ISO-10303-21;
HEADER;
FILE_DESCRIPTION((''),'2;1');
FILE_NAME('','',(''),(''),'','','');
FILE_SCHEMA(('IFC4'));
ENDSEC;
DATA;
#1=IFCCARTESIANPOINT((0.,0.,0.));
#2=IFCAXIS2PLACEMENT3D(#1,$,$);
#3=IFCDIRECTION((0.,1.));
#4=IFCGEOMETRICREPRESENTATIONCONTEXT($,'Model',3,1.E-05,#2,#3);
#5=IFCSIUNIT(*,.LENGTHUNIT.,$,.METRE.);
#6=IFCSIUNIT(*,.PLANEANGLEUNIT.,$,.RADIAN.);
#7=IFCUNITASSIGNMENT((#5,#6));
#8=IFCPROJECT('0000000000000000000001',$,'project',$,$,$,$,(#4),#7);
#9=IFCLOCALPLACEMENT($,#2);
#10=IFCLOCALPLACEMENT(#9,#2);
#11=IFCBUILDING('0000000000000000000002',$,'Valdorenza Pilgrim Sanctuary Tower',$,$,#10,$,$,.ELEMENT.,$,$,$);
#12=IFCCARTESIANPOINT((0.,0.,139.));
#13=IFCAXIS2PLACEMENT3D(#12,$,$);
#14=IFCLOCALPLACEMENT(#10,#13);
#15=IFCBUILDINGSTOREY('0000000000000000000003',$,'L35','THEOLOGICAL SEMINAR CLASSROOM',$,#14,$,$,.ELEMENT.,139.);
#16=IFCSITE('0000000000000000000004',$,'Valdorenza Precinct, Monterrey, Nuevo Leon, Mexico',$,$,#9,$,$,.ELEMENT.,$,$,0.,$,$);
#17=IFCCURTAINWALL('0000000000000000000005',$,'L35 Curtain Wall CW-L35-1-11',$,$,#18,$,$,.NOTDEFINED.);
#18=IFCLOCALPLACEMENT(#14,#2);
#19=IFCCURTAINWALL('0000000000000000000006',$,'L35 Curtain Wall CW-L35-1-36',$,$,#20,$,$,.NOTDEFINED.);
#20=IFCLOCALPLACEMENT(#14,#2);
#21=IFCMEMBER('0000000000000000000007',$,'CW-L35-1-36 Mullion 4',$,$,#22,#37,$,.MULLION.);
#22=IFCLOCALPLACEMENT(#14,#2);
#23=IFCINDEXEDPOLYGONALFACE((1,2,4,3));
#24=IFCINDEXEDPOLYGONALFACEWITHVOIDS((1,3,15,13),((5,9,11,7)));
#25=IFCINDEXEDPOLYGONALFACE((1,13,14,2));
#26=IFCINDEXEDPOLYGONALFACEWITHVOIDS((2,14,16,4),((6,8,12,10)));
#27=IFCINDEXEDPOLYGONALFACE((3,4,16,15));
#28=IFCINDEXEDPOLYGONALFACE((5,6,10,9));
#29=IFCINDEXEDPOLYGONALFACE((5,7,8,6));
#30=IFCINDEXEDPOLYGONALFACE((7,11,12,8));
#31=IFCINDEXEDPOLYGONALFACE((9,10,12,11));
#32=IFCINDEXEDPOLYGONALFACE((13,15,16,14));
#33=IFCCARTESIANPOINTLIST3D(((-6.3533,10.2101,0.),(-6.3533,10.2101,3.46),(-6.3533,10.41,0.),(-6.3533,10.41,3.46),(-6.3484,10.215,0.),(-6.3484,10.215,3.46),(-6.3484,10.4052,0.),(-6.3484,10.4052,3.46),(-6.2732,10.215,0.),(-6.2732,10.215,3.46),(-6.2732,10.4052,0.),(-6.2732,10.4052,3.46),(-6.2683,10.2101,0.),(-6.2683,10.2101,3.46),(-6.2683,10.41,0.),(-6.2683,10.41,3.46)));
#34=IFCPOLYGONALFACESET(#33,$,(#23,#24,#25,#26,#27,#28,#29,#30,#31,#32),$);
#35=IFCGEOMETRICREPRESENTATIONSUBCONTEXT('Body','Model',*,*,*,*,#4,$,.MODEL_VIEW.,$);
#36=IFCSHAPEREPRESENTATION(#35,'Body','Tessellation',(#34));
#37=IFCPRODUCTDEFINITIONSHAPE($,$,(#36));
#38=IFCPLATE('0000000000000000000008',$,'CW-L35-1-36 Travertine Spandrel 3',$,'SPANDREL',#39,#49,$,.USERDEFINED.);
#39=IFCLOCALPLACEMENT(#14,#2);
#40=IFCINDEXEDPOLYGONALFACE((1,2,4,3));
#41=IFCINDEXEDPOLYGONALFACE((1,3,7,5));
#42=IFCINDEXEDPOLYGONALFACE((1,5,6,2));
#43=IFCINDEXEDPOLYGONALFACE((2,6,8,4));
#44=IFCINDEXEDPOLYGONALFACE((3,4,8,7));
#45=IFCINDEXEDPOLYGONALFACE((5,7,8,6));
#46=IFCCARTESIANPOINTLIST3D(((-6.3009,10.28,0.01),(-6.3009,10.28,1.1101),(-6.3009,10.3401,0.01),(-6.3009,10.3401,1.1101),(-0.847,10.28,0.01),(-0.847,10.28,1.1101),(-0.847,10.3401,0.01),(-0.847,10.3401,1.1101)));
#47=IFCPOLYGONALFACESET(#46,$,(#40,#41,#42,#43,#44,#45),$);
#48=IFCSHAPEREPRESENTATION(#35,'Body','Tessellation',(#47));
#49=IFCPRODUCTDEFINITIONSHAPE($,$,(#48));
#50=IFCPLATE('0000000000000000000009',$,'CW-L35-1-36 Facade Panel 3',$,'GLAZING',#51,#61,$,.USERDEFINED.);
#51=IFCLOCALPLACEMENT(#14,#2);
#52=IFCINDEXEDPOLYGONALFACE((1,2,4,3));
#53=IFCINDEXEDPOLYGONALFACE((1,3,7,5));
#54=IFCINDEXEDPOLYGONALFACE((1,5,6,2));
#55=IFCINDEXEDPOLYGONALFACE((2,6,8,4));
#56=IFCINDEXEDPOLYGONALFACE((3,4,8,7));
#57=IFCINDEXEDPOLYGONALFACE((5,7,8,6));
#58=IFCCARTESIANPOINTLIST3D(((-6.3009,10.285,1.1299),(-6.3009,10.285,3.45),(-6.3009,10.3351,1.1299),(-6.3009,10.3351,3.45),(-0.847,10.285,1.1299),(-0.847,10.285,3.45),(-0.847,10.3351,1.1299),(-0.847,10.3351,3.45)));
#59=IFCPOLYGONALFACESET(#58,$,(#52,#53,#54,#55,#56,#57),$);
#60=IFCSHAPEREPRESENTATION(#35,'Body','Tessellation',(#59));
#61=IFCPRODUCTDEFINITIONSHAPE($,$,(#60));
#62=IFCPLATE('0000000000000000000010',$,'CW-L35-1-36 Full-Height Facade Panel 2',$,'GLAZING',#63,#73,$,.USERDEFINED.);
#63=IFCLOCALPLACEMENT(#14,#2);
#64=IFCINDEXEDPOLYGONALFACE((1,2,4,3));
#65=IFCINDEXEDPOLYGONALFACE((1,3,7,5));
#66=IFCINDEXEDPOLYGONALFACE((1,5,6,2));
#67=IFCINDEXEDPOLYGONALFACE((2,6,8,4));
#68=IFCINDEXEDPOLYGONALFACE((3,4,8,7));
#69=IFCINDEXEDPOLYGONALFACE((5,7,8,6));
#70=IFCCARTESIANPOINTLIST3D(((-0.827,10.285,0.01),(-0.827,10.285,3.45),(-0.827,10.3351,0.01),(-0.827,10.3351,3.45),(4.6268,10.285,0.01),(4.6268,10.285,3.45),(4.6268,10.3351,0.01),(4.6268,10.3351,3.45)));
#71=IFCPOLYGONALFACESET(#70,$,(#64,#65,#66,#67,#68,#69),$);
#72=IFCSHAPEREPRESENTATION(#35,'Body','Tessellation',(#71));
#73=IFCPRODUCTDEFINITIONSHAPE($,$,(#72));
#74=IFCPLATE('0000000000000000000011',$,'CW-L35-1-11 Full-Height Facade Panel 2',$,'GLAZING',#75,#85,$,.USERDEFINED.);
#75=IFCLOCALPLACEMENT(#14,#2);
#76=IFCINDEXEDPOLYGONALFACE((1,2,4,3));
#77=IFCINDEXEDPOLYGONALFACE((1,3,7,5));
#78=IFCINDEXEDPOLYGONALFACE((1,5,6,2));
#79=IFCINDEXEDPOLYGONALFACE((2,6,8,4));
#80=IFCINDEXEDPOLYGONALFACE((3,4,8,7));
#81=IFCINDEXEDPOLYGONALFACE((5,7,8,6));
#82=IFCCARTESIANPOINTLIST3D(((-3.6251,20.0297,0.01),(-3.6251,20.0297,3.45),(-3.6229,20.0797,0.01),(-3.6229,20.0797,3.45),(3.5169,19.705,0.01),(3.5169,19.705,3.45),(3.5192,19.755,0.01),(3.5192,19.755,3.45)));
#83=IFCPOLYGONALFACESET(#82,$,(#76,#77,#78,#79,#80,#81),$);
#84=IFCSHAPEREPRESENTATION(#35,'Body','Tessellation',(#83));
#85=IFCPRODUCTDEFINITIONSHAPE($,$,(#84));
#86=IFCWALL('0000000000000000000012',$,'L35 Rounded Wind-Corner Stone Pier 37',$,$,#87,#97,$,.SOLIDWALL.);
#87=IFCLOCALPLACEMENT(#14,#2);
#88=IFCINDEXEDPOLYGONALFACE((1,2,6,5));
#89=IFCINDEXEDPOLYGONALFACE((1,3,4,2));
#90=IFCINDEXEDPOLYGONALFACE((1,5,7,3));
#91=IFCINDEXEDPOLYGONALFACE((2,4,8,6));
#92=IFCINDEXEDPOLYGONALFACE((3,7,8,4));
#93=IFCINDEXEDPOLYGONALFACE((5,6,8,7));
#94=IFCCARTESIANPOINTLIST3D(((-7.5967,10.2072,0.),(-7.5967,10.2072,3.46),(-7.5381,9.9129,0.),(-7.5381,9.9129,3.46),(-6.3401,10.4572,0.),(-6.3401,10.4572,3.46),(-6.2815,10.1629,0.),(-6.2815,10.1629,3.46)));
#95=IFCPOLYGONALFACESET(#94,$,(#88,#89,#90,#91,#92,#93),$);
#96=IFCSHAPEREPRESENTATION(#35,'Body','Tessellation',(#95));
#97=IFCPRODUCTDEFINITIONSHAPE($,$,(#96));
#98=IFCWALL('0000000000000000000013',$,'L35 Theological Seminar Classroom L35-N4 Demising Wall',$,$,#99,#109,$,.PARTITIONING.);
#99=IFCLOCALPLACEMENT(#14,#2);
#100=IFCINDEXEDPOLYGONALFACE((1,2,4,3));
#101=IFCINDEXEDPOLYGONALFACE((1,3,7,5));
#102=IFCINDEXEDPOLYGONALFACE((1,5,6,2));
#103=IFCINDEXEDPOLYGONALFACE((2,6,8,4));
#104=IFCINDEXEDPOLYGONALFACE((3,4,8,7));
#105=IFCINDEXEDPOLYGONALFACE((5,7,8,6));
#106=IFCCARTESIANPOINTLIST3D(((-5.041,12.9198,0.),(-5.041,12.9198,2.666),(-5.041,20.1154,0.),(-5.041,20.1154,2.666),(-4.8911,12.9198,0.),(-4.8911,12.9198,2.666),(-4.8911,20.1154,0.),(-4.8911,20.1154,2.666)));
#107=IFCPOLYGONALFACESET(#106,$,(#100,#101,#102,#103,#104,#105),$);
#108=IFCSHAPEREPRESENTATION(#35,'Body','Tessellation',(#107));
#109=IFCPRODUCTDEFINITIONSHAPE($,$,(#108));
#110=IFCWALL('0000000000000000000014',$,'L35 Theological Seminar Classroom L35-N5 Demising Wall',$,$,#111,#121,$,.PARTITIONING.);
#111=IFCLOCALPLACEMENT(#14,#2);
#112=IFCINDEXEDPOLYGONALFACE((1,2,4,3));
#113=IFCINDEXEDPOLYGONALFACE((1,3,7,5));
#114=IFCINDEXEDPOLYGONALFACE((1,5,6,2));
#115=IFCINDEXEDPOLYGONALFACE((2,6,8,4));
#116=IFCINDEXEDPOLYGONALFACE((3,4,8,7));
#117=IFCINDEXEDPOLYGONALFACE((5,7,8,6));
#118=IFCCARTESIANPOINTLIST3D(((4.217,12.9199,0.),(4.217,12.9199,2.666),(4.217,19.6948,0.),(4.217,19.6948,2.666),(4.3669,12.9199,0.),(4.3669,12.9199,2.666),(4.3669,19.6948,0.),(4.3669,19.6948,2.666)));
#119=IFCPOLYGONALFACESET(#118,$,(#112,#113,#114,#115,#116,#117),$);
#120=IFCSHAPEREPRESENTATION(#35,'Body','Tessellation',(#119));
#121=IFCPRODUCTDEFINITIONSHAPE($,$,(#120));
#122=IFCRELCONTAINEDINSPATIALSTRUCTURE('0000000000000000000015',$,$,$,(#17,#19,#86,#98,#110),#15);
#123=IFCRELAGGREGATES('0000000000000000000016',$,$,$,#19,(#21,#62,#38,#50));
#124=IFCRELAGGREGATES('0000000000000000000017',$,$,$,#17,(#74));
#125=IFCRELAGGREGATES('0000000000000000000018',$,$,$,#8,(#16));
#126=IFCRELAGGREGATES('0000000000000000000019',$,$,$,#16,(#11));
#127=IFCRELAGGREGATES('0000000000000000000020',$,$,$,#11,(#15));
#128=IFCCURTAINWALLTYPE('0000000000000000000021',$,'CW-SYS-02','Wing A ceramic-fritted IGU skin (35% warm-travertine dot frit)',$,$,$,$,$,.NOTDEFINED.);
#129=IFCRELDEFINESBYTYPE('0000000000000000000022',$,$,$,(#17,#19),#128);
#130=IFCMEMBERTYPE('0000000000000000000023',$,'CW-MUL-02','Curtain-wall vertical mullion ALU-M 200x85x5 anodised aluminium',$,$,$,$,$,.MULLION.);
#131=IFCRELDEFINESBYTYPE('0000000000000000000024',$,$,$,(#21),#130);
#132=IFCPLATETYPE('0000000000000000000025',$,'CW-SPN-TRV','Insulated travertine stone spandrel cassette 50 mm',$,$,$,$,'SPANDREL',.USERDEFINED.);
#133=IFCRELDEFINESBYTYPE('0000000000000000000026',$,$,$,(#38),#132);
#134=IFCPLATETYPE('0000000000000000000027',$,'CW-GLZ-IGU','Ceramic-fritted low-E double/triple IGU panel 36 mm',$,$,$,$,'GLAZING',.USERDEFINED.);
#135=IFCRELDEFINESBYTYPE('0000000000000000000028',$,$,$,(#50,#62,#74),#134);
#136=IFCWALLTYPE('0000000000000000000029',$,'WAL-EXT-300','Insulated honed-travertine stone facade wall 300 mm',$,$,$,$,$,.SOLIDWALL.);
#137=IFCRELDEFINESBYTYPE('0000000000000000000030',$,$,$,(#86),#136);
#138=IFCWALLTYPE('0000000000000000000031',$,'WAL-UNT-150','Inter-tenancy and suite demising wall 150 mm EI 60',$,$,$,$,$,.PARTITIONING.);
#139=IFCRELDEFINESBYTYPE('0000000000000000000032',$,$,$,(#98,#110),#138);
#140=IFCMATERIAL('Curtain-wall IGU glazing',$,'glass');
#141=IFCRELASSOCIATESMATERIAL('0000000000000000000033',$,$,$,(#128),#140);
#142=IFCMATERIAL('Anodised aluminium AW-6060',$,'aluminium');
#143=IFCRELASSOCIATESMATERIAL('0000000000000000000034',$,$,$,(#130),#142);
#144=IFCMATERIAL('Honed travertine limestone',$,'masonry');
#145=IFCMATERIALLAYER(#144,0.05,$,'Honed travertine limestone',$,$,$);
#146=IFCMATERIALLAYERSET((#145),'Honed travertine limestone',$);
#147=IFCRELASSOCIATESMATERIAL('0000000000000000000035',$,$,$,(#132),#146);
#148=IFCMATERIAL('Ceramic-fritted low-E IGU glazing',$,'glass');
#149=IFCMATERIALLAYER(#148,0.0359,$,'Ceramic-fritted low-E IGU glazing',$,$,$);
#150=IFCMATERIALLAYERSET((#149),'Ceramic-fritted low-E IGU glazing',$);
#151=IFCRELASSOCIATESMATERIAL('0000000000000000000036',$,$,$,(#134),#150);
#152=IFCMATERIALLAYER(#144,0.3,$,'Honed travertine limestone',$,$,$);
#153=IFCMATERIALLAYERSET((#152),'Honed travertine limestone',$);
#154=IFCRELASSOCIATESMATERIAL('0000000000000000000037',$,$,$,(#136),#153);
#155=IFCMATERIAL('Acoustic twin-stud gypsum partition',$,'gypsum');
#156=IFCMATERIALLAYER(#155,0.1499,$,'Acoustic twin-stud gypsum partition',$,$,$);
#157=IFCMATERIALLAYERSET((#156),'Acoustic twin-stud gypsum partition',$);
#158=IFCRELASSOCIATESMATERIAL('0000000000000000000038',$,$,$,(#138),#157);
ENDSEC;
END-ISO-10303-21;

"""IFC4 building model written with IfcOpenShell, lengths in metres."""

from ifc_helpers import new_model, si_unit, direction, frame, frame_2d, origin, origin_2d, place, context, subcontext, project, spatial, rectangle, hollow_rectangle, extrude, source, transform, mapped, material, layer, layer_set, material_profile, profile_set, type_object, element, aggregate, save


model = new_model("IFC4")

# Units and contexts
model_context = context("Model", 3, precision=1e-05, world=origin(), true_north=direction((0.0, 1.0)))
body_context = subcontext(model_context, "Body", "Model", "MODEL_VIEW")
ifc_project = project(units=[si_unit("LENGTHUNIT", "METRE"), si_unit("PLANEANGLEUNIT", "RADIAN")], contexts=[model_context])

# Site, building, storey
site_placement = place(None, origin())
site = spatial("IfcSite", under=ifc_project, at=site_placement, Name="Valdorenza Precinct, Monterrey, Nuevo Leon, Mexico", CompositionType="ELEMENT", RefElevation=0.0)
building_placement = place(site_placement, origin())
building = spatial("IfcBuilding", under=site, at=building_placement, Name="Valdorenza Pilgrim Sanctuary Tower", CompositionType="ELEMENT")
storey_placement = place(building_placement, frame((0.0, 0.0, 139.0)))
storey = spatial("IfcBuildingStorey", under=building, at=storey_placement, Name="L35", Description="THEOLOGICAL SEMINAR CLASSROOM", CompositionType="ELEMENT", Elevation=139.0)

# Curtain wall
ifc_material_1 = material(Name="Curtain-wall IGU glazing", Category="glass")
curtain_wall_type = type_object("IfcCurtainWallType", Name="CW-SYS-02", Description="Wing A ceramic-fritted IGU skin (35% warm-travertine dot frit)", PredefinedType="NOTDEFINED", material=ifc_material_1)
curtain_wall_1_placement = place(storey_placement, origin())
curtain_wall_1 = element("IfcCurtainWall", 1, at=curtain_wall_1_placement, inside=storey, type_object=curtain_wall_type, Name="L35 Curtain Wall CW-L35-1-11", PredefinedType="NOTDEFINED")
ifc_material_2 = material(Name="Anodised aluminium AW-6060", Category="aluminium")
ifc_material_profile_1 = material_profile(ifc_material_2, hollow_rectangle(XDim=0.085, YDim=0.2, WallThickness=0.0049, at=origin_2d()), Name="ALU-M 200x85x5")
ifc_profile_set_1 = profile_set([ifc_material_profile_1], Name="Anodised aluminium AW-6060")
member_type = type_object("IfcMemberType", Name="CW-MUL-02", Description="Curtain-wall vertical mullion ALU-M 200x85x5 anodised aluminium", PredefinedType="MULLION", material=ifc_profile_set_1)
shared_shape_1 = source(origin(), body_context, "Body", "SweptSolid", [
    extrude(hollow_rectangle(XDim=0.085, YDim=0.2, WallThickness=0.0049, at=origin_2d()), origin(), (0.0, 0.0, 1.0), 3.46),
])

# Curtain wall, member, plates
curtain_wall_2_placement = place(storey_placement, origin())
curtain_wall_2 = element("IfcCurtainWall", 2, at=curtain_wall_2_placement, inside=storey, type_object=curtain_wall_type, Name="L35 Curtain Wall CW-L35-1-36", PredefinedType="NOTDEFINED")
member_1_placement = place(storey_placement, frame((-6.3108, 10.3101, 0.0), z_axis=(0.0, 0.0, 1.0), x_axis=(-1.0, 0.0, 0.0)))
member_1 = element("IfcMember", 3, at=member_1_placement, type_object=member_type, Name="CW-L35-1-36 Mullion 4", PredefinedType="MULLION", context=body_context, shape_type="MappedRepresentation", body=[
    mapped(shared_shape_1, transform((0.0, 0.0, 0.0), x_axis=(1.0, 0.0, 0.0), y_axis=(0.0, 1.0, 0.0), z_axis=(0.0, 0.0, 1.0), scale=1.0)),
])
ifc_material_3 = material(Name="Honed travertine limestone", Category="masonry")
ifc_layer_1 = layer(ifc_material_3, 0.05, Name="Honed travertine limestone")
ifc_layer_set_1 = layer_set([ifc_layer_1], Name="Honed travertine limestone")
plate_type_1 = type_object("IfcPlateType", Name="CW-SPN-TRV", Description="Insulated travertine stone spandrel cassette 50 mm", ElementType="SPANDREL", PredefinedType="USERDEFINED", material=ifc_layer_set_1)
shared_shape_2 = source(origin(), body_context, "Body", "SweptSolid", [
    extrude(rectangle(XDim=5.4539, YDim=0.0601, at=origin_2d()), origin(), (0.0, 0.0, 1.0), 1.1001),
])
plate_1_placement = place(storey_placement, frame((-3.574, 10.3101, 0.01), z_axis=(0.0, 0.0, 1.0), x_axis=(-1.0, 0.0, 0.0)))
plate_1 = element("IfcPlate", 4, at=plate_1_placement, type_object=plate_type_1, Name="CW-L35-1-36 Travertine Spandrel 3", ObjectType="SPANDREL", PredefinedType="USERDEFINED", context=body_context, shape_type="MappedRepresentation", body=[
    mapped(shared_shape_2, transform((0.0, 0.0, 0.0), x_axis=(1.0, 0.0, 0.0), y_axis=(0.0, 1.0, 0.0), z_axis=(0.0, 0.0, 1.0), scale=1.0)),
])
ifc_material_4 = material(Name="Ceramic-fritted low-E IGU glazing", Category="glass")
ifc_layer_2 = layer(ifc_material_4, 0.0359, Name="Ceramic-fritted low-E IGU glazing")
ifc_layer_set_2 = layer_set([ifc_layer_2], Name="Ceramic-fritted low-E IGU glazing")
plate_type_2 = type_object("IfcPlateType", Name="CW-GLZ-IGU", Description="Ceramic-fritted low-E double/triple IGU panel 36 mm", ElementType="GLAZING", PredefinedType="USERDEFINED", material=ifc_layer_set_2)
shared_shape_3 = source(origin(), body_context, "Body", "SweptSolid", [
    extrude(rectangle(XDim=5.4539, YDim=0.05, at=origin_2d()), origin(), (0.0, 0.0, 1.0), 2.3201),
])
plate_2_placement = place(storey_placement, frame((-3.574, 10.3101, 1.1299), z_axis=(0.0, 0.0, 1.0), x_axis=(-1.0, 0.0, 0.0)))
plate_2 = element("IfcPlate", 5, at=plate_2_placement, type_object=plate_type_2, Name="CW-L35-1-36 Facade Panel 3", ObjectType="GLAZING", PredefinedType="USERDEFINED", context=body_context, shape_type="MappedRepresentation", body=[
    mapped(shared_shape_3, transform((0.0, 0.0, 0.0), x_axis=(1.0, 0.0, 0.0), y_axis=(0.0, 1.0, 0.0), z_axis=(0.0, 0.0, 1.0), scale=1.0)),
])
shared_shape_4 = source(origin(), body_context, "Body", "SweptSolid", [
    extrude(rectangle(XDim=5.4539, YDim=0.05, at=origin_2d()), origin(), (0.0, 0.0, 1.0), 3.4399),
])
plate_3_placement = place(storey_placement, frame((1.8999, 10.3101, 0.01), z_axis=(0.0, 0.0, 1.0), x_axis=(-1.0, 0.0, 0.0)))
plate_3 = element("IfcPlate", 6, at=plate_3_placement, type_object=plate_type_2, Name="CW-L35-1-36 Full-Height Facade Panel 2", ObjectType="GLAZING", PredefinedType="USERDEFINED", context=body_context, shape_type="MappedRepresentation", body=[
    mapped(shared_shape_4, transform((0.0, 0.0, 0.0), x_axis=(1.0, 0.0, 0.0), y_axis=(0.0, 1.0, 0.0), z_axis=(0.0, 0.0, 1.0), scale=1.0)),
])
aggregate(curtain_wall_2, [member_1, plate_3, plate_1, plate_2])

# Plate
shared_shape_5 = source(origin(), body_context, "Body", "SweptSolid", [
    extrude(rectangle(XDim=7.1494, YDim=0.05, at=origin_2d()), origin(), (0.0, 0.0, 1.0), 3.4399),
])
plate_4_placement = place(storey_placement, frame((-0.053, 19.8923, 0.01), z_axis=(0.0, 0.0, 1.0), x_axis=(0.998968, -0.045415, 0.0)))
plate_4 = element("IfcPlate", 7, at=plate_4_placement, type_object=plate_type_2, Name="CW-L35-1-11 Full-Height Facade Panel 2", ObjectType="GLAZING", PredefinedType="USERDEFINED", context=body_context, shape_type="MappedRepresentation", body=[
    mapped(shared_shape_5, transform((0.0, 0.0, 0.0), x_axis=(1.0, 0.0, 0.0), y_axis=(0.0, 1.0, 0.0), z_axis=(0.0, 0.0, 1.0), scale=1.0)),
])
aggregate(curtain_wall_1, [plate_4])

# Walls
ifc_layer_3 = layer(ifc_material_3, 0.3, Name="Honed travertine limestone")
ifc_layer_set_3 = layer_set([ifc_layer_3], Name="Honed travertine limestone")
wall_type_1 = type_object("IfcWallType", Name="WAL-EXT-300", Description="Insulated honed-travertine stone facade wall 300 mm", PredefinedType="SOLIDWALL", material=ifc_layer_set_3)
wall_1_placement = place(storey_placement, frame((-6.3108, 10.3101, 0.0), z_axis=(0.0, 0.0, 1.0), x_axis=(-0.980778, -0.195127, 0.0)))
element("IfcWall", 8, at=wall_1_placement, inside=storey, type_object=wall_type_1, Name="L35 Rounded Wind-Corner Stone Pier 37", PredefinedType="SOLIDWALL", context=body_context, shape_type="SweptSolid", body=[
    extrude(rectangle(XDim=1.2812, YDim=0.3, at=frame_2d((0.6406, 0.0))), origin(), (0.0, 0.0, 1.0), 3.46),
])
ifc_material_5 = material(Name="Acoustic twin-stud gypsum partition", Category="gypsum")
ifc_layer_4 = layer(ifc_material_5, 0.1499, Name="Acoustic twin-stud gypsum partition")
ifc_layer_set_4 = layer_set([ifc_layer_4], Name="Acoustic twin-stud gypsum partition")
wall_type_2 = type_object("IfcWallType", Name="WAL-UNT-150", Description="Inter-tenancy and suite demising wall 150 mm EI 60", PredefinedType="PARTITIONING", material=ifc_layer_set_4)
wall_2_placement = place(storey_placement, frame((-4.9661, 12.9199, 0.0), z_axis=(0.0, 0.0, 1.0), x_axis=(0.0, 1.0, 0.0)))
element("IfcWall", 9, at=wall_2_placement, inside=storey, type_object=wall_type_2, Name="L35 Theological Seminar Classroom L35-N4 Demising Wall", PredefinedType="PARTITIONING", context=body_context, shape_type="SweptSolid", body=[
    extrude(rectangle(XDim=7.1956, YDim=0.1499, at=frame_2d((3.5977, 0.0))), origin(), (0.0, 0.0, 1.0), 2.666),
])
wall_3_placement = place(storey_placement, frame((4.292, 12.9199, 0.0), z_axis=(0.0, 0.0, 1.0), x_axis=(0.0, 1.0, 0.0)))
element("IfcWall", 10, at=wall_3_placement, inside=storey, type_object=wall_type_2, Name="L35 Theological Seminar Classroom L35-N5 Demising Wall", PredefinedType="PARTITIONING", context=body_context, shape_type="SweptSolid", body=[
    extrude(rectangle(XDim=6.7749, YDim=0.1499, at=frame_2d((3.3875, 0.0))), origin(), (0.0, 0.0, 1.0), 2.666),
])

save(model, "model.ifc")
